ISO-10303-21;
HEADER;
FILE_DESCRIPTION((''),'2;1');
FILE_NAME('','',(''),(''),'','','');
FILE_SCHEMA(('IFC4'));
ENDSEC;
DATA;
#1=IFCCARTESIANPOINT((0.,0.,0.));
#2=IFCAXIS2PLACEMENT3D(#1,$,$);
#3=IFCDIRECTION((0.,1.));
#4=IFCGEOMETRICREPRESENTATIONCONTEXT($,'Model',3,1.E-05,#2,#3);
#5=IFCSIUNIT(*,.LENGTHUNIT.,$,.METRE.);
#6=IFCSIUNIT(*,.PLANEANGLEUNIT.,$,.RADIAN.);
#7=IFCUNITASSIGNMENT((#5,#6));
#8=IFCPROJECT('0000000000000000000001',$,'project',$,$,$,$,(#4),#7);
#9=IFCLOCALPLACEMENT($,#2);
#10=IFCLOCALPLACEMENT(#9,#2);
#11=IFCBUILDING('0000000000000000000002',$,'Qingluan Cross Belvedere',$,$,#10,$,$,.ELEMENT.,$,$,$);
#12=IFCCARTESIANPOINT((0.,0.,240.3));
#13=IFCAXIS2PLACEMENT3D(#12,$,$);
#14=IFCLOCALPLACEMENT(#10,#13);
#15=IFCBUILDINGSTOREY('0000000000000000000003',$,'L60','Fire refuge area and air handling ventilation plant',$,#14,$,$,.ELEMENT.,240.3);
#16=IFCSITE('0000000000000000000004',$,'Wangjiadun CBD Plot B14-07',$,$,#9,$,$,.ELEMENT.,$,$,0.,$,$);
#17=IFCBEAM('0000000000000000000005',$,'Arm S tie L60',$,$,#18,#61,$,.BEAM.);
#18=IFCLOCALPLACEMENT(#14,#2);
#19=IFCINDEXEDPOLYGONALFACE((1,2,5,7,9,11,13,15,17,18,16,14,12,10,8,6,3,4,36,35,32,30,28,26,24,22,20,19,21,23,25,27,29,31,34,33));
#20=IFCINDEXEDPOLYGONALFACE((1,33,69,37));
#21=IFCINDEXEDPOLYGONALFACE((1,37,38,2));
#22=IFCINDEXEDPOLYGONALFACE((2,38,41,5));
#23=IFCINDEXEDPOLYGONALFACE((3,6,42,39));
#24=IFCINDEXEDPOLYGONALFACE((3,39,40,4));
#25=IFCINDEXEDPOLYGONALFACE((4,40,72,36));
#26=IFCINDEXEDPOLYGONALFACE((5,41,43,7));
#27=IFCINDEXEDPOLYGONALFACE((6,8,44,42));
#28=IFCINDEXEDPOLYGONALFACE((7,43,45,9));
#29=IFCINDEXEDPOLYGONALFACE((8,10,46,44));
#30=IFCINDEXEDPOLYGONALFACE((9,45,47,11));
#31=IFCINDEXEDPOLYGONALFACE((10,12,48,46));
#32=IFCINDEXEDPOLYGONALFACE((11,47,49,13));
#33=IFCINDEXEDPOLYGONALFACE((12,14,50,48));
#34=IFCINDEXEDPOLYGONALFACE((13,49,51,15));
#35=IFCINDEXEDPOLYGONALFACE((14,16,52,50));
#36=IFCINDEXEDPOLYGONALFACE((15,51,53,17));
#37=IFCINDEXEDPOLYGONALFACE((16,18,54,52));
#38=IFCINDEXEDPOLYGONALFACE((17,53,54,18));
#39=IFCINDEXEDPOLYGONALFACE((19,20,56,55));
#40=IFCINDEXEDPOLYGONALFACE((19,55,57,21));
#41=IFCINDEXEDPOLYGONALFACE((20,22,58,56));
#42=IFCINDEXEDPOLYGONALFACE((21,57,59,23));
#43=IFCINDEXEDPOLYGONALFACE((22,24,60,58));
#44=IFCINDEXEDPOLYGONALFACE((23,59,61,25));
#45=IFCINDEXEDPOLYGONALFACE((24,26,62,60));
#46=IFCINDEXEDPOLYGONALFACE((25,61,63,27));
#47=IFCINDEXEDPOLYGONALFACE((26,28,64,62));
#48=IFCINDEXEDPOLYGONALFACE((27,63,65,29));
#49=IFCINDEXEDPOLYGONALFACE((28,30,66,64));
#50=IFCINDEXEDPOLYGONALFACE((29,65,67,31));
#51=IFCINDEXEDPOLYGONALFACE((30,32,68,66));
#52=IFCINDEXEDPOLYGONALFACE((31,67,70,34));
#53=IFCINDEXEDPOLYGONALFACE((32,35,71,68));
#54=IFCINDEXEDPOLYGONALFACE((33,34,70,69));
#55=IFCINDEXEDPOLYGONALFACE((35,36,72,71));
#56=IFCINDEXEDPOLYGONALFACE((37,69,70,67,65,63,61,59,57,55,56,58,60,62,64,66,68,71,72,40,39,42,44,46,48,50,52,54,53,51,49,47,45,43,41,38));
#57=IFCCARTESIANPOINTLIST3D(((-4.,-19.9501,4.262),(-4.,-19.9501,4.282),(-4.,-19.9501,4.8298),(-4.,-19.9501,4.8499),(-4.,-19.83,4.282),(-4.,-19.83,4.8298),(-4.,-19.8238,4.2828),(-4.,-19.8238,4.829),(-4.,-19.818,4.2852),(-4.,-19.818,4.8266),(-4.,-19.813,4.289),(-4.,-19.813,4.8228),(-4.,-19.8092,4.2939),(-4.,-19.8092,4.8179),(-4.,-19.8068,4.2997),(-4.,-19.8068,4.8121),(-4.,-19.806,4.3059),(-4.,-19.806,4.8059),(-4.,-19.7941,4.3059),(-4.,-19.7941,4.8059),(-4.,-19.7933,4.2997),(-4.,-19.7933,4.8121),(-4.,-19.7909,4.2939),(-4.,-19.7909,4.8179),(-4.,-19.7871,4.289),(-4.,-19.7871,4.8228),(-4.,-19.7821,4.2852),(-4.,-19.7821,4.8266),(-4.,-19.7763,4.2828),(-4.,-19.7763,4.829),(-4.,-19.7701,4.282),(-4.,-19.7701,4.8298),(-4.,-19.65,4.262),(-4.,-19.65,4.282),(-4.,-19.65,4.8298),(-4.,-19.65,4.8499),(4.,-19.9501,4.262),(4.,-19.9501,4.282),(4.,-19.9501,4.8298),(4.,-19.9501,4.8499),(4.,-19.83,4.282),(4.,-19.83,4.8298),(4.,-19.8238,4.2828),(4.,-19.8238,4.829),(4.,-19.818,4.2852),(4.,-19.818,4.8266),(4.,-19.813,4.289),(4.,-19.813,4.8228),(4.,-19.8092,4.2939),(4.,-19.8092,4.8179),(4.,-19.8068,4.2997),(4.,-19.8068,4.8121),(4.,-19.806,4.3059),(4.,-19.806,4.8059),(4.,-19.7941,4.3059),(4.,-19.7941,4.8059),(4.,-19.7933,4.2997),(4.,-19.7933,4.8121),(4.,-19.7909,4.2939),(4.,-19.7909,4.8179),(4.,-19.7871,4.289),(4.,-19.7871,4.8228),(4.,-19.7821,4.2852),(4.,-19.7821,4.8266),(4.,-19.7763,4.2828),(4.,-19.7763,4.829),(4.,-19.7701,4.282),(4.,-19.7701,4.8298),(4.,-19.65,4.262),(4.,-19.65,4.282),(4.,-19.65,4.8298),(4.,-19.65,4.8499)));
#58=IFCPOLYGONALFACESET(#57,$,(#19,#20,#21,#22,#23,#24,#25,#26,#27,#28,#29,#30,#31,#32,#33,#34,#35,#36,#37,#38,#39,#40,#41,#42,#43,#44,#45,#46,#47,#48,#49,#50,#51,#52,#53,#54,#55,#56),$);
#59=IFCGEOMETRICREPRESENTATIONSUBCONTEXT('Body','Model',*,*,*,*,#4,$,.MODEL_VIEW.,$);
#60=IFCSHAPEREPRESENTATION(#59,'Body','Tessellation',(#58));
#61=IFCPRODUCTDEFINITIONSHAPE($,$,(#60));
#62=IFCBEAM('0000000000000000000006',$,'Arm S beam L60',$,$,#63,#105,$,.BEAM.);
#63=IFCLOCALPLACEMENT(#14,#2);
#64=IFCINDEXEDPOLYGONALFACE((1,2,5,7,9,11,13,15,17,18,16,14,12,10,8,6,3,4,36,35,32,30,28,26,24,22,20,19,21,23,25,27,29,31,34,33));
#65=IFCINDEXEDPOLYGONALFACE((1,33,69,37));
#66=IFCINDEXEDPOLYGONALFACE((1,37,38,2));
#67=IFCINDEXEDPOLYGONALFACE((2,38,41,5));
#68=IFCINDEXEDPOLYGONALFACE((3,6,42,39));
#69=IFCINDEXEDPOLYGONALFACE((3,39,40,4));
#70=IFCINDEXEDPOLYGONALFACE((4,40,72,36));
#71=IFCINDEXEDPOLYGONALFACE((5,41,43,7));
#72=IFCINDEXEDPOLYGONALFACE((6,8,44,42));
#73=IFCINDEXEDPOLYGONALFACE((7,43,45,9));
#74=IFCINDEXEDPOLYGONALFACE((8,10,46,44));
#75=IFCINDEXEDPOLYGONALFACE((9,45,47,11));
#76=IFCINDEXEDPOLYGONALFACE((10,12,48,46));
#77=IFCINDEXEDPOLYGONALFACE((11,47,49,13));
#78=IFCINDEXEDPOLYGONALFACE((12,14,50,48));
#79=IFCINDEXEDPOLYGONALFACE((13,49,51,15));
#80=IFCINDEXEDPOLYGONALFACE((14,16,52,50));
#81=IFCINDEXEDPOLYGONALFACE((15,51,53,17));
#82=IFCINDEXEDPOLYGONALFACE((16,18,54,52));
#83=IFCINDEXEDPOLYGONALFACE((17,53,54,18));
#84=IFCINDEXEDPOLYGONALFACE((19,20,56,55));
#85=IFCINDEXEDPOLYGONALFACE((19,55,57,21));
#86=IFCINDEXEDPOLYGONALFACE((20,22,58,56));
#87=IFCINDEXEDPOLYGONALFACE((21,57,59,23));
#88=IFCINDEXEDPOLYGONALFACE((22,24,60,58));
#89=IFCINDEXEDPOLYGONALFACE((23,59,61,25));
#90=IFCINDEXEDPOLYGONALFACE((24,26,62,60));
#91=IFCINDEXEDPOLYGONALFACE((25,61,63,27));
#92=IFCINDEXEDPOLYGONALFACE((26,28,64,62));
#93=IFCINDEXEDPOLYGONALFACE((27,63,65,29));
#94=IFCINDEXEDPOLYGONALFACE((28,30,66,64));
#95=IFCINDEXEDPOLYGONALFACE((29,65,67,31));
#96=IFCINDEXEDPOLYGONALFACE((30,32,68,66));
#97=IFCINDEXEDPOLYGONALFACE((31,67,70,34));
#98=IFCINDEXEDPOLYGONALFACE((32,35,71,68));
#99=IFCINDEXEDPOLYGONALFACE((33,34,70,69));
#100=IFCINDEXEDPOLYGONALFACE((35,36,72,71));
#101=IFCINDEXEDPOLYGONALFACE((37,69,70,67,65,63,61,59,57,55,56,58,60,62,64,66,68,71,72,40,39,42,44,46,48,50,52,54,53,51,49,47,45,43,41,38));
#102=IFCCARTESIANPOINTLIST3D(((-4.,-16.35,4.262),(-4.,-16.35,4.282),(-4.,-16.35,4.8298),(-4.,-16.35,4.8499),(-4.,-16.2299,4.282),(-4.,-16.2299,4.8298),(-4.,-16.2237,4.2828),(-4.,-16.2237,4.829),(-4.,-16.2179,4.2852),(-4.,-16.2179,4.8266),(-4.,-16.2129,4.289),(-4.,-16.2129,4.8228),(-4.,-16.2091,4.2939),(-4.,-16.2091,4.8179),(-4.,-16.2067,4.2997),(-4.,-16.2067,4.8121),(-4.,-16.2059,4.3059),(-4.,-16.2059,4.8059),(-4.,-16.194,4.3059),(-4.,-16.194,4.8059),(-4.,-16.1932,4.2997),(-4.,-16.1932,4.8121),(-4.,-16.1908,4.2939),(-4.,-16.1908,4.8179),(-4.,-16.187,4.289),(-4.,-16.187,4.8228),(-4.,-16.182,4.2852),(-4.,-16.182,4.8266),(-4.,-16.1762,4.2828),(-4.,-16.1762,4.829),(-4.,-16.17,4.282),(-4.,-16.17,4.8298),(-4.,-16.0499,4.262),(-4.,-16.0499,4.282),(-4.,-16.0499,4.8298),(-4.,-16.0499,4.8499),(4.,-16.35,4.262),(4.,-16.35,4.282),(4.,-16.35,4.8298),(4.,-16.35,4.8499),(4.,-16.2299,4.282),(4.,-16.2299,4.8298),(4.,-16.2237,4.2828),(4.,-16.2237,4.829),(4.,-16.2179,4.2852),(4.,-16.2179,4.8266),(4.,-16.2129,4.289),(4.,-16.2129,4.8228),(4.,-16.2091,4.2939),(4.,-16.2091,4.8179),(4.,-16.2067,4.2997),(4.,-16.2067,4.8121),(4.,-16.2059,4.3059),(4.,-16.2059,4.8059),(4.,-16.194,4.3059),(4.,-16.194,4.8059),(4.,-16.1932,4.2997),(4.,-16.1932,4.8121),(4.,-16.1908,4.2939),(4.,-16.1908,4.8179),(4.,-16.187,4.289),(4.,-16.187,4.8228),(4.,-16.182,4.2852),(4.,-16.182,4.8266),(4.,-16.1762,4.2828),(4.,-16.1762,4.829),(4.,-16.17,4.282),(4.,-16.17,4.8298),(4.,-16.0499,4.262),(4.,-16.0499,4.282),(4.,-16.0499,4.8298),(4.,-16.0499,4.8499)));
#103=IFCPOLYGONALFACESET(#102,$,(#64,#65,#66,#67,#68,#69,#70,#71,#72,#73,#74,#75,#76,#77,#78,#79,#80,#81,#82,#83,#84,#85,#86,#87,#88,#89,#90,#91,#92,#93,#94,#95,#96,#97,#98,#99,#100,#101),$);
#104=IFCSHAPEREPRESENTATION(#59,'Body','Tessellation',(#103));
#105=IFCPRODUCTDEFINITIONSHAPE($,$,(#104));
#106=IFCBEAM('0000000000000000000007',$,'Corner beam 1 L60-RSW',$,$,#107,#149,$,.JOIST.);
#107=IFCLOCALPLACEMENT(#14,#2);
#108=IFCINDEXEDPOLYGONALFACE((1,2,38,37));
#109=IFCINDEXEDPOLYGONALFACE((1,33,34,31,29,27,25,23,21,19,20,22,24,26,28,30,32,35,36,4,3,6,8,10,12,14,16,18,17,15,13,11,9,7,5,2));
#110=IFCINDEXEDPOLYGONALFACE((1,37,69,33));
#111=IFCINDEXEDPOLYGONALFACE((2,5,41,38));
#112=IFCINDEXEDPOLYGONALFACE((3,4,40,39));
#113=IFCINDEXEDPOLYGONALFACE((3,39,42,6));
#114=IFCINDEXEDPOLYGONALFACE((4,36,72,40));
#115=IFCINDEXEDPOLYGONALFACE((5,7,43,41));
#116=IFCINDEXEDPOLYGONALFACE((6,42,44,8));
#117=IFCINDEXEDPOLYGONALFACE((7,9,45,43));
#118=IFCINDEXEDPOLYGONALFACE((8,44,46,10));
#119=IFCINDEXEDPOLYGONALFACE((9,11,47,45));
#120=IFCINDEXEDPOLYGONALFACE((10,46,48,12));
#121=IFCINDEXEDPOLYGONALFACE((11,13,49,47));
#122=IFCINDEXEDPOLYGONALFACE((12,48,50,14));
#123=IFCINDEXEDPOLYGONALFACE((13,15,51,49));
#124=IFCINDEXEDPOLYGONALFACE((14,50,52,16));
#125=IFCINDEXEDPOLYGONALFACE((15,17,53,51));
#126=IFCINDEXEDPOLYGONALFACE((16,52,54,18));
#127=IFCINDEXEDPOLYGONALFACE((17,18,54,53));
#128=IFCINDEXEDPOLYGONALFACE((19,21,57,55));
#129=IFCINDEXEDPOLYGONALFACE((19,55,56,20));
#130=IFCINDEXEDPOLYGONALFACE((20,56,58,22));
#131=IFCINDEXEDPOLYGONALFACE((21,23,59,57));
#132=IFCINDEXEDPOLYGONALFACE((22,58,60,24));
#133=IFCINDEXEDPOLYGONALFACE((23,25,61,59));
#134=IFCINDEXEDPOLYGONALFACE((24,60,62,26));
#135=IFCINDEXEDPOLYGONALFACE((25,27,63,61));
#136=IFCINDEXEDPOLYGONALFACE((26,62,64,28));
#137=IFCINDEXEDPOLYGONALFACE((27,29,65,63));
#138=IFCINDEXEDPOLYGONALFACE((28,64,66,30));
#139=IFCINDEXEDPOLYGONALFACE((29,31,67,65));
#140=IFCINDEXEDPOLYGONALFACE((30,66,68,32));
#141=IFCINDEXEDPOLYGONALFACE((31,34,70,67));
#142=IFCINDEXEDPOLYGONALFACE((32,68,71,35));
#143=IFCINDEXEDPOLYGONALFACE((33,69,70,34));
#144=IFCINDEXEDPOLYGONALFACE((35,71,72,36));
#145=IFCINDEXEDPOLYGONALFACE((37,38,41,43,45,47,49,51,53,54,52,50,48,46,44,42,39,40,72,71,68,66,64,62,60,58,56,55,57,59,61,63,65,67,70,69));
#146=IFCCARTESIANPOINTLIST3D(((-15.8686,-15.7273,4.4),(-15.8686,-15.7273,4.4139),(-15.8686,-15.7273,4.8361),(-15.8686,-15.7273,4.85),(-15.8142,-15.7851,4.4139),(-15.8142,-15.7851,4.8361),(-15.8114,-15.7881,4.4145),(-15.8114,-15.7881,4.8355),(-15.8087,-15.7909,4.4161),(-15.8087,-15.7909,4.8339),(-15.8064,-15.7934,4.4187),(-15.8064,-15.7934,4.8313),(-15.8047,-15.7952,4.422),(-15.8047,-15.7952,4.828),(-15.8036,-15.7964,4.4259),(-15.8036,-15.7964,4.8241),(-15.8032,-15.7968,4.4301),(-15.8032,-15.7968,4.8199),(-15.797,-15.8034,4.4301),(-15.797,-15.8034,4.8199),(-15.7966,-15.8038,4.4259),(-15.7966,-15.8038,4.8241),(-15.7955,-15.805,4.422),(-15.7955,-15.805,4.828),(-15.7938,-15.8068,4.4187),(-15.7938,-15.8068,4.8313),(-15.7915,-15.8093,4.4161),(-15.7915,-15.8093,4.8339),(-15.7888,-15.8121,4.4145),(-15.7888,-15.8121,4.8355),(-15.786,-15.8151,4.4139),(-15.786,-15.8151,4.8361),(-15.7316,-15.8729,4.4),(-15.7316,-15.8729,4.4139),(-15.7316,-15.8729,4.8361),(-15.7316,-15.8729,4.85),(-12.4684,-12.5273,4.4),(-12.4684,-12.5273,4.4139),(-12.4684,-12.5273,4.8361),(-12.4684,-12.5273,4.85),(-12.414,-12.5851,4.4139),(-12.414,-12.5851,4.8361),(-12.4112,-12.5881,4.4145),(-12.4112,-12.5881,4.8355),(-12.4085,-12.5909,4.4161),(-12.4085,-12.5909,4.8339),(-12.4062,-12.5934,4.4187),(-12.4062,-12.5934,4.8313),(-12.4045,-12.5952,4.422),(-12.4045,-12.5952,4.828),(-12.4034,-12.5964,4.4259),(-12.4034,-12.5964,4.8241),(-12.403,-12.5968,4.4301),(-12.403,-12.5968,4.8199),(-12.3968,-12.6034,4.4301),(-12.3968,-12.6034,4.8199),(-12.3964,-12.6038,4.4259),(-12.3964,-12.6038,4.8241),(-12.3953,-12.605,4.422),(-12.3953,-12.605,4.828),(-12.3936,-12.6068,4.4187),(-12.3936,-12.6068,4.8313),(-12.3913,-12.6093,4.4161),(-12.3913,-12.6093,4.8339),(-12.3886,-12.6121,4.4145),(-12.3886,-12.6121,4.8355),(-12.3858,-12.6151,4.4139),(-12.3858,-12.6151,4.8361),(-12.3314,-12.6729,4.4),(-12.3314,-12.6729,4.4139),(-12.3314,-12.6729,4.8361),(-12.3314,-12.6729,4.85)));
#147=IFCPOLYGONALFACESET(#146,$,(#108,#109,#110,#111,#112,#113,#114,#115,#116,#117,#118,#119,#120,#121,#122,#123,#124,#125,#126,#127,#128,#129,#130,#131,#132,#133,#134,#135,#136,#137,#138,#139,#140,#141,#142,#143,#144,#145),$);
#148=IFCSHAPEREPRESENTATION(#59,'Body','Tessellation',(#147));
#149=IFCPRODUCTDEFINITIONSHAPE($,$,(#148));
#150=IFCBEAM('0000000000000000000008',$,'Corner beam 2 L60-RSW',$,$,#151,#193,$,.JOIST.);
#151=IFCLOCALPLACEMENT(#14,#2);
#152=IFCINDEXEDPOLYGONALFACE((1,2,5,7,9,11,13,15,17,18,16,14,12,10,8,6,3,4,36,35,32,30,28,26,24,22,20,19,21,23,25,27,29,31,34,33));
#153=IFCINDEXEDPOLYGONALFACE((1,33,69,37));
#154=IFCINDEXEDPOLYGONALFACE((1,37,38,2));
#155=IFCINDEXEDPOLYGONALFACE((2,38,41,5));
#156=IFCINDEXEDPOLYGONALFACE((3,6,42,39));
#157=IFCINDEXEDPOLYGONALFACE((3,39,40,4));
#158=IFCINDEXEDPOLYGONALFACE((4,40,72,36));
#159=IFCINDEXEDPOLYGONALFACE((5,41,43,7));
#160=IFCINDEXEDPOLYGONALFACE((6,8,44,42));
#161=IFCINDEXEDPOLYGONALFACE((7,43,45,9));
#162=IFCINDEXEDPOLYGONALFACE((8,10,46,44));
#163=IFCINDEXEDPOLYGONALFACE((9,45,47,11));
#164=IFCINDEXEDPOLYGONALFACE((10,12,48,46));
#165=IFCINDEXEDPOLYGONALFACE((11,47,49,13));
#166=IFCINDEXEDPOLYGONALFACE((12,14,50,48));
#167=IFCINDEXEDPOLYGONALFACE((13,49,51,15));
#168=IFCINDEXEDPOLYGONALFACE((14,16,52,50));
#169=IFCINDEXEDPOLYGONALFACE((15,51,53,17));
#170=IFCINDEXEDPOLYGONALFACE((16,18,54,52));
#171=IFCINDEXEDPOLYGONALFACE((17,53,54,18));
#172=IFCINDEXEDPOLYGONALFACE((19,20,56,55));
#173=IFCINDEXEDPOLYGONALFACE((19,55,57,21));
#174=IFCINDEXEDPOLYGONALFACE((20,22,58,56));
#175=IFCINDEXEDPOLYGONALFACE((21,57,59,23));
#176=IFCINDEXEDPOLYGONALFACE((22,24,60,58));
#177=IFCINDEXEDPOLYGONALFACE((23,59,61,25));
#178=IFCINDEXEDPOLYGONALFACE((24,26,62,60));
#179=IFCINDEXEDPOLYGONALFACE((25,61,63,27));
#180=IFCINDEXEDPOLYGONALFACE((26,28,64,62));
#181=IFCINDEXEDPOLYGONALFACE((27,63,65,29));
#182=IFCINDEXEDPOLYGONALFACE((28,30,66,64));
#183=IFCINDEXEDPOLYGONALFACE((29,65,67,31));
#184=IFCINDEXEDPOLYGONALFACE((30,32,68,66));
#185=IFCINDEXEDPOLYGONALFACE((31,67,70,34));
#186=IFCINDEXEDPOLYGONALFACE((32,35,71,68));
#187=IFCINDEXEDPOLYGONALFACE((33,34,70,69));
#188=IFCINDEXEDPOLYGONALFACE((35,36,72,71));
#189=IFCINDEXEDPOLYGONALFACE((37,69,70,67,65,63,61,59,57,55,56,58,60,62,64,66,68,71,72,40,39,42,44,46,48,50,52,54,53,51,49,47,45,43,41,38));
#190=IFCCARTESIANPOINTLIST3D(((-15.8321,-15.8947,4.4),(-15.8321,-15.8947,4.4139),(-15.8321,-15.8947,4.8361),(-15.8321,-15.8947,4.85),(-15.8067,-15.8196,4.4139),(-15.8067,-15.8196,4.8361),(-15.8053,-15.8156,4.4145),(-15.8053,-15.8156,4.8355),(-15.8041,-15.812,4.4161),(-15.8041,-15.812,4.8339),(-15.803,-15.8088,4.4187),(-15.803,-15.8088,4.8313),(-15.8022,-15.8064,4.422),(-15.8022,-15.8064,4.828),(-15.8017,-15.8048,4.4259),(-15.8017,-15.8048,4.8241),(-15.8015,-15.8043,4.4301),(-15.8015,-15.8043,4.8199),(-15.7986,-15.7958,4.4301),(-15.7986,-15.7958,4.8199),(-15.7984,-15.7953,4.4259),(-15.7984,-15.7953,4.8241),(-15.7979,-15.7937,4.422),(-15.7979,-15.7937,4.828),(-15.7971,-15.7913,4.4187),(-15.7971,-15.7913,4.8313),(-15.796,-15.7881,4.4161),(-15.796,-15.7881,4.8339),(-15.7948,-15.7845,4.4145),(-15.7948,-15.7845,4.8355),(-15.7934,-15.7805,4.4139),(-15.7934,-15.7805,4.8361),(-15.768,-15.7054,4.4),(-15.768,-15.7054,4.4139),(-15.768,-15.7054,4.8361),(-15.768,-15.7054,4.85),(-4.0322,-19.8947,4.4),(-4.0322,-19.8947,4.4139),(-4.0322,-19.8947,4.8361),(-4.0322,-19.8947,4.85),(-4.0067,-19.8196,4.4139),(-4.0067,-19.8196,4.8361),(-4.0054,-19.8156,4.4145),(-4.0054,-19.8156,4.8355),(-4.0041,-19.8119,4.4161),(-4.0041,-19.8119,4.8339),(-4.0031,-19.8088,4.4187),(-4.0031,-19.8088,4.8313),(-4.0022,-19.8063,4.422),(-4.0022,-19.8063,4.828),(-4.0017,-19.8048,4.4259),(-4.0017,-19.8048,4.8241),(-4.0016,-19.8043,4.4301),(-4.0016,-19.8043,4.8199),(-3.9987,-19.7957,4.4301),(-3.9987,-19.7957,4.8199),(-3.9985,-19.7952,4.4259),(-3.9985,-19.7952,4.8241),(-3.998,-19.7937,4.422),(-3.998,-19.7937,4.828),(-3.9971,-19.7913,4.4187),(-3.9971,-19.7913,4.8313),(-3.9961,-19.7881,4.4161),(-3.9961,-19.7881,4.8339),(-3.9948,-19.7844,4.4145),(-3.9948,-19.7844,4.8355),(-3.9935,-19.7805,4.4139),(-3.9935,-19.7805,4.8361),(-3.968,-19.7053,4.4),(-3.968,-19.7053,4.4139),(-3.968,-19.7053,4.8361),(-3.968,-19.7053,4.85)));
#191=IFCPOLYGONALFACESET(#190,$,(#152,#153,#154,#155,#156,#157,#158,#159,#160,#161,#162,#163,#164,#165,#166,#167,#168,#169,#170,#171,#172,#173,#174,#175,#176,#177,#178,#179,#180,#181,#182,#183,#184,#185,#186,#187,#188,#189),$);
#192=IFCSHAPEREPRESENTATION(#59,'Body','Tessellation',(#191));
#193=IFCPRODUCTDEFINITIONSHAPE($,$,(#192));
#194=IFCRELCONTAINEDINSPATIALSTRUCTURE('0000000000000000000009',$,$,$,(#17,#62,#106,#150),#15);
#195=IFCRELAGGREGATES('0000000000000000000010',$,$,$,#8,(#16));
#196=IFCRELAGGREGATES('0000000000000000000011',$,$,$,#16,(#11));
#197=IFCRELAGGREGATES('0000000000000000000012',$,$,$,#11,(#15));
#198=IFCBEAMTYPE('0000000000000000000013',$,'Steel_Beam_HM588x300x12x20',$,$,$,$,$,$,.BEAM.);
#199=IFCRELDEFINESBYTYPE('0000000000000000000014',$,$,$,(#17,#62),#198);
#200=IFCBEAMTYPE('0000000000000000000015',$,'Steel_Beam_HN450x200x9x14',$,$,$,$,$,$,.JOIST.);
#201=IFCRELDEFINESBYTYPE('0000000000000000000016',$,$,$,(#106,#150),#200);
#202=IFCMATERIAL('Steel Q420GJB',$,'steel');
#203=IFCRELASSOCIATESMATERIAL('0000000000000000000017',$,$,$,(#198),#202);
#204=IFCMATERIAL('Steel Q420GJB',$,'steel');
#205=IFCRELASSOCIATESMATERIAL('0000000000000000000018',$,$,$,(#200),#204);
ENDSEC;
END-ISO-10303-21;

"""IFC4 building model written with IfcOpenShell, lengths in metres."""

from ifc_helpers import new_model, si_unit, direction, frame, origin, origin_2d, place, context, subcontext, project, spatial, i_section, extrude, material, material_profile, profile_set, type_object, element, save


model = new_model("IFC4")

# Units and contexts
model_context = context("Model", 3, precision=1e-05, world=origin(), true_north=direction((0.0, 1.0)))
body_context = subcontext(model_context, "Body", "Model", "MODEL_VIEW")
ifc_project = project(units=[si_unit("LENGTHUNIT", "METRE"), si_unit("PLANEANGLEUNIT", "RADIAN")], contexts=[model_context])

# Site, building, storey
site_placement = place(None, origin())
site = spatial("IfcSite", under=ifc_project, at=site_placement, Name="Wangjiadun CBD Plot B14-07", CompositionType="ELEMENT", RefElevation=0.0)
building_placement = place(site_placement, origin())
building = spatial("IfcBuilding", under=site, at=building_placement, Name="Qingluan Cross Belvedere", CompositionType="ELEMENT")
storey_placement = place(building_placement, frame((0.0, 0.0, 240.3)))
storey = spatial("IfcBuildingStorey", under=building, at=storey_placement, Name="L60", Description="Fire refuge area and air handling ventilation plant", CompositionType="ELEMENT", Elevation=240.3)

# Beams
ifc_material_1 = material(Name="Steel Q420GJB", Category="steel")
ifc_material_profile_1 = material_profile(ifc_material_1, i_section(OverallWidth=0.3, OverallDepth=0.5879, WebThickness=0.012, FlangeThickness=0.02, FilletRadius=0.0239, at=origin_2d()), Name="HM588x300x12x20")
ifc_profile_set_1 = profile_set([ifc_material_profile_1], Name="Steel Q420GJB")
beam_type_1 = type_object("IfcBeamType", Name="Steel_Beam_HM588x300x12x20", PredefinedType="BEAM", material=ifc_profile_set_1)
for number, where, z_axis, x_axis, name in (
    (1, (-4.0, -19.8, 4.5559), (1.0, 0.0, 0.0), (0.0, 1.0, 0.0), "Arm S tie L60"),
    (2, (-4.0, -16.2, 4.5559), (1.0, 0.0, 0.0), (0.0, 1.0, 0.0), "Arm S beam L60"),
):
    element("IfcBeam", number, at=place(storey_placement, frame(where, z_axis=z_axis, x_axis=x_axis)), inside=storey, type_object=beam_type_1, Name=name, PredefinedType="BEAM", context=body_context, shape_type="SweptSolid", body=[
        extrude(i_section(OverallWidth=0.3, OverallDepth=0.5879, WebThickness=0.012, FlangeThickness=0.02, FilletRadius=0.0239, at=origin_2d()), origin(), (0.0, 0.0, 1.0), 8.0),
    ])
ifc_material_2 = material(Name="Steel Q420GJB", Category="steel")
ifc_material_profile_2 = material_profile(ifc_material_2, i_section(OverallWidth=0.2, OverallDepth=0.45, WebThickness=0.009, FlangeThickness=0.0139, FilletRadius=0.0161, at=origin_2d()), Name="HN450x200x9x14")
ifc_profile_set_2 = profile_set([ifc_material_profile_2], Name="Steel Q420GJB")
beam_type_2 = type_object("IfcBeamType", Name="Steel_Beam_HN450x200x9x14", PredefinedType="JOIST", material=ifc_profile_set_2)
beam_1_placement = place(storey_placement, frame((-12.3999, -12.6001, 4.625), z_axis=(-0.72822, -0.685343, 0.0), x_axis=(0.685343, -0.72822, 0.0)))
element("IfcBeam", 3, at=beam_1_placement, inside=storey, type_object=beam_type_2, Name="Corner beam 1 L60-RSW", PredefinedType="JOIST", context=body_context, shape_type="SweptSolid", body=[
    extrude(i_section(OverallWidth=0.2, OverallDepth=0.45, WebThickness=0.009, FlangeThickness=0.0139, FilletRadius=0.0161, at=origin_2d()), origin(), (0.0, 0.0, 1.0), 4.6692),
])
for number, where, z_axis, x_axis, name in (
    (4, (-15.8, -15.8, 4.625), (0.947066, -0.321038, 0.0), (0.321038, 0.947066, 0.0), "Corner beam 2 L60-RSW"),
):
    element("IfcBeam", number, at=place(storey_placement, frame(where, z_axis=z_axis, x_axis=x_axis)), inside=storey, type_object=beam_type_2, Name=name, PredefinedType="JOIST", context=body_context, shape_type="SweptSolid", body=[
        extrude(i_section(OverallWidth=0.2, OverallDepth=0.45, WebThickness=0.009, FlangeThickness=0.0139, FilletRadius=0.0161, at=origin_2d()), origin(), (0.0, 0.0, 1.0), 12.4595),
    ])

save(model, "model.ifc")
